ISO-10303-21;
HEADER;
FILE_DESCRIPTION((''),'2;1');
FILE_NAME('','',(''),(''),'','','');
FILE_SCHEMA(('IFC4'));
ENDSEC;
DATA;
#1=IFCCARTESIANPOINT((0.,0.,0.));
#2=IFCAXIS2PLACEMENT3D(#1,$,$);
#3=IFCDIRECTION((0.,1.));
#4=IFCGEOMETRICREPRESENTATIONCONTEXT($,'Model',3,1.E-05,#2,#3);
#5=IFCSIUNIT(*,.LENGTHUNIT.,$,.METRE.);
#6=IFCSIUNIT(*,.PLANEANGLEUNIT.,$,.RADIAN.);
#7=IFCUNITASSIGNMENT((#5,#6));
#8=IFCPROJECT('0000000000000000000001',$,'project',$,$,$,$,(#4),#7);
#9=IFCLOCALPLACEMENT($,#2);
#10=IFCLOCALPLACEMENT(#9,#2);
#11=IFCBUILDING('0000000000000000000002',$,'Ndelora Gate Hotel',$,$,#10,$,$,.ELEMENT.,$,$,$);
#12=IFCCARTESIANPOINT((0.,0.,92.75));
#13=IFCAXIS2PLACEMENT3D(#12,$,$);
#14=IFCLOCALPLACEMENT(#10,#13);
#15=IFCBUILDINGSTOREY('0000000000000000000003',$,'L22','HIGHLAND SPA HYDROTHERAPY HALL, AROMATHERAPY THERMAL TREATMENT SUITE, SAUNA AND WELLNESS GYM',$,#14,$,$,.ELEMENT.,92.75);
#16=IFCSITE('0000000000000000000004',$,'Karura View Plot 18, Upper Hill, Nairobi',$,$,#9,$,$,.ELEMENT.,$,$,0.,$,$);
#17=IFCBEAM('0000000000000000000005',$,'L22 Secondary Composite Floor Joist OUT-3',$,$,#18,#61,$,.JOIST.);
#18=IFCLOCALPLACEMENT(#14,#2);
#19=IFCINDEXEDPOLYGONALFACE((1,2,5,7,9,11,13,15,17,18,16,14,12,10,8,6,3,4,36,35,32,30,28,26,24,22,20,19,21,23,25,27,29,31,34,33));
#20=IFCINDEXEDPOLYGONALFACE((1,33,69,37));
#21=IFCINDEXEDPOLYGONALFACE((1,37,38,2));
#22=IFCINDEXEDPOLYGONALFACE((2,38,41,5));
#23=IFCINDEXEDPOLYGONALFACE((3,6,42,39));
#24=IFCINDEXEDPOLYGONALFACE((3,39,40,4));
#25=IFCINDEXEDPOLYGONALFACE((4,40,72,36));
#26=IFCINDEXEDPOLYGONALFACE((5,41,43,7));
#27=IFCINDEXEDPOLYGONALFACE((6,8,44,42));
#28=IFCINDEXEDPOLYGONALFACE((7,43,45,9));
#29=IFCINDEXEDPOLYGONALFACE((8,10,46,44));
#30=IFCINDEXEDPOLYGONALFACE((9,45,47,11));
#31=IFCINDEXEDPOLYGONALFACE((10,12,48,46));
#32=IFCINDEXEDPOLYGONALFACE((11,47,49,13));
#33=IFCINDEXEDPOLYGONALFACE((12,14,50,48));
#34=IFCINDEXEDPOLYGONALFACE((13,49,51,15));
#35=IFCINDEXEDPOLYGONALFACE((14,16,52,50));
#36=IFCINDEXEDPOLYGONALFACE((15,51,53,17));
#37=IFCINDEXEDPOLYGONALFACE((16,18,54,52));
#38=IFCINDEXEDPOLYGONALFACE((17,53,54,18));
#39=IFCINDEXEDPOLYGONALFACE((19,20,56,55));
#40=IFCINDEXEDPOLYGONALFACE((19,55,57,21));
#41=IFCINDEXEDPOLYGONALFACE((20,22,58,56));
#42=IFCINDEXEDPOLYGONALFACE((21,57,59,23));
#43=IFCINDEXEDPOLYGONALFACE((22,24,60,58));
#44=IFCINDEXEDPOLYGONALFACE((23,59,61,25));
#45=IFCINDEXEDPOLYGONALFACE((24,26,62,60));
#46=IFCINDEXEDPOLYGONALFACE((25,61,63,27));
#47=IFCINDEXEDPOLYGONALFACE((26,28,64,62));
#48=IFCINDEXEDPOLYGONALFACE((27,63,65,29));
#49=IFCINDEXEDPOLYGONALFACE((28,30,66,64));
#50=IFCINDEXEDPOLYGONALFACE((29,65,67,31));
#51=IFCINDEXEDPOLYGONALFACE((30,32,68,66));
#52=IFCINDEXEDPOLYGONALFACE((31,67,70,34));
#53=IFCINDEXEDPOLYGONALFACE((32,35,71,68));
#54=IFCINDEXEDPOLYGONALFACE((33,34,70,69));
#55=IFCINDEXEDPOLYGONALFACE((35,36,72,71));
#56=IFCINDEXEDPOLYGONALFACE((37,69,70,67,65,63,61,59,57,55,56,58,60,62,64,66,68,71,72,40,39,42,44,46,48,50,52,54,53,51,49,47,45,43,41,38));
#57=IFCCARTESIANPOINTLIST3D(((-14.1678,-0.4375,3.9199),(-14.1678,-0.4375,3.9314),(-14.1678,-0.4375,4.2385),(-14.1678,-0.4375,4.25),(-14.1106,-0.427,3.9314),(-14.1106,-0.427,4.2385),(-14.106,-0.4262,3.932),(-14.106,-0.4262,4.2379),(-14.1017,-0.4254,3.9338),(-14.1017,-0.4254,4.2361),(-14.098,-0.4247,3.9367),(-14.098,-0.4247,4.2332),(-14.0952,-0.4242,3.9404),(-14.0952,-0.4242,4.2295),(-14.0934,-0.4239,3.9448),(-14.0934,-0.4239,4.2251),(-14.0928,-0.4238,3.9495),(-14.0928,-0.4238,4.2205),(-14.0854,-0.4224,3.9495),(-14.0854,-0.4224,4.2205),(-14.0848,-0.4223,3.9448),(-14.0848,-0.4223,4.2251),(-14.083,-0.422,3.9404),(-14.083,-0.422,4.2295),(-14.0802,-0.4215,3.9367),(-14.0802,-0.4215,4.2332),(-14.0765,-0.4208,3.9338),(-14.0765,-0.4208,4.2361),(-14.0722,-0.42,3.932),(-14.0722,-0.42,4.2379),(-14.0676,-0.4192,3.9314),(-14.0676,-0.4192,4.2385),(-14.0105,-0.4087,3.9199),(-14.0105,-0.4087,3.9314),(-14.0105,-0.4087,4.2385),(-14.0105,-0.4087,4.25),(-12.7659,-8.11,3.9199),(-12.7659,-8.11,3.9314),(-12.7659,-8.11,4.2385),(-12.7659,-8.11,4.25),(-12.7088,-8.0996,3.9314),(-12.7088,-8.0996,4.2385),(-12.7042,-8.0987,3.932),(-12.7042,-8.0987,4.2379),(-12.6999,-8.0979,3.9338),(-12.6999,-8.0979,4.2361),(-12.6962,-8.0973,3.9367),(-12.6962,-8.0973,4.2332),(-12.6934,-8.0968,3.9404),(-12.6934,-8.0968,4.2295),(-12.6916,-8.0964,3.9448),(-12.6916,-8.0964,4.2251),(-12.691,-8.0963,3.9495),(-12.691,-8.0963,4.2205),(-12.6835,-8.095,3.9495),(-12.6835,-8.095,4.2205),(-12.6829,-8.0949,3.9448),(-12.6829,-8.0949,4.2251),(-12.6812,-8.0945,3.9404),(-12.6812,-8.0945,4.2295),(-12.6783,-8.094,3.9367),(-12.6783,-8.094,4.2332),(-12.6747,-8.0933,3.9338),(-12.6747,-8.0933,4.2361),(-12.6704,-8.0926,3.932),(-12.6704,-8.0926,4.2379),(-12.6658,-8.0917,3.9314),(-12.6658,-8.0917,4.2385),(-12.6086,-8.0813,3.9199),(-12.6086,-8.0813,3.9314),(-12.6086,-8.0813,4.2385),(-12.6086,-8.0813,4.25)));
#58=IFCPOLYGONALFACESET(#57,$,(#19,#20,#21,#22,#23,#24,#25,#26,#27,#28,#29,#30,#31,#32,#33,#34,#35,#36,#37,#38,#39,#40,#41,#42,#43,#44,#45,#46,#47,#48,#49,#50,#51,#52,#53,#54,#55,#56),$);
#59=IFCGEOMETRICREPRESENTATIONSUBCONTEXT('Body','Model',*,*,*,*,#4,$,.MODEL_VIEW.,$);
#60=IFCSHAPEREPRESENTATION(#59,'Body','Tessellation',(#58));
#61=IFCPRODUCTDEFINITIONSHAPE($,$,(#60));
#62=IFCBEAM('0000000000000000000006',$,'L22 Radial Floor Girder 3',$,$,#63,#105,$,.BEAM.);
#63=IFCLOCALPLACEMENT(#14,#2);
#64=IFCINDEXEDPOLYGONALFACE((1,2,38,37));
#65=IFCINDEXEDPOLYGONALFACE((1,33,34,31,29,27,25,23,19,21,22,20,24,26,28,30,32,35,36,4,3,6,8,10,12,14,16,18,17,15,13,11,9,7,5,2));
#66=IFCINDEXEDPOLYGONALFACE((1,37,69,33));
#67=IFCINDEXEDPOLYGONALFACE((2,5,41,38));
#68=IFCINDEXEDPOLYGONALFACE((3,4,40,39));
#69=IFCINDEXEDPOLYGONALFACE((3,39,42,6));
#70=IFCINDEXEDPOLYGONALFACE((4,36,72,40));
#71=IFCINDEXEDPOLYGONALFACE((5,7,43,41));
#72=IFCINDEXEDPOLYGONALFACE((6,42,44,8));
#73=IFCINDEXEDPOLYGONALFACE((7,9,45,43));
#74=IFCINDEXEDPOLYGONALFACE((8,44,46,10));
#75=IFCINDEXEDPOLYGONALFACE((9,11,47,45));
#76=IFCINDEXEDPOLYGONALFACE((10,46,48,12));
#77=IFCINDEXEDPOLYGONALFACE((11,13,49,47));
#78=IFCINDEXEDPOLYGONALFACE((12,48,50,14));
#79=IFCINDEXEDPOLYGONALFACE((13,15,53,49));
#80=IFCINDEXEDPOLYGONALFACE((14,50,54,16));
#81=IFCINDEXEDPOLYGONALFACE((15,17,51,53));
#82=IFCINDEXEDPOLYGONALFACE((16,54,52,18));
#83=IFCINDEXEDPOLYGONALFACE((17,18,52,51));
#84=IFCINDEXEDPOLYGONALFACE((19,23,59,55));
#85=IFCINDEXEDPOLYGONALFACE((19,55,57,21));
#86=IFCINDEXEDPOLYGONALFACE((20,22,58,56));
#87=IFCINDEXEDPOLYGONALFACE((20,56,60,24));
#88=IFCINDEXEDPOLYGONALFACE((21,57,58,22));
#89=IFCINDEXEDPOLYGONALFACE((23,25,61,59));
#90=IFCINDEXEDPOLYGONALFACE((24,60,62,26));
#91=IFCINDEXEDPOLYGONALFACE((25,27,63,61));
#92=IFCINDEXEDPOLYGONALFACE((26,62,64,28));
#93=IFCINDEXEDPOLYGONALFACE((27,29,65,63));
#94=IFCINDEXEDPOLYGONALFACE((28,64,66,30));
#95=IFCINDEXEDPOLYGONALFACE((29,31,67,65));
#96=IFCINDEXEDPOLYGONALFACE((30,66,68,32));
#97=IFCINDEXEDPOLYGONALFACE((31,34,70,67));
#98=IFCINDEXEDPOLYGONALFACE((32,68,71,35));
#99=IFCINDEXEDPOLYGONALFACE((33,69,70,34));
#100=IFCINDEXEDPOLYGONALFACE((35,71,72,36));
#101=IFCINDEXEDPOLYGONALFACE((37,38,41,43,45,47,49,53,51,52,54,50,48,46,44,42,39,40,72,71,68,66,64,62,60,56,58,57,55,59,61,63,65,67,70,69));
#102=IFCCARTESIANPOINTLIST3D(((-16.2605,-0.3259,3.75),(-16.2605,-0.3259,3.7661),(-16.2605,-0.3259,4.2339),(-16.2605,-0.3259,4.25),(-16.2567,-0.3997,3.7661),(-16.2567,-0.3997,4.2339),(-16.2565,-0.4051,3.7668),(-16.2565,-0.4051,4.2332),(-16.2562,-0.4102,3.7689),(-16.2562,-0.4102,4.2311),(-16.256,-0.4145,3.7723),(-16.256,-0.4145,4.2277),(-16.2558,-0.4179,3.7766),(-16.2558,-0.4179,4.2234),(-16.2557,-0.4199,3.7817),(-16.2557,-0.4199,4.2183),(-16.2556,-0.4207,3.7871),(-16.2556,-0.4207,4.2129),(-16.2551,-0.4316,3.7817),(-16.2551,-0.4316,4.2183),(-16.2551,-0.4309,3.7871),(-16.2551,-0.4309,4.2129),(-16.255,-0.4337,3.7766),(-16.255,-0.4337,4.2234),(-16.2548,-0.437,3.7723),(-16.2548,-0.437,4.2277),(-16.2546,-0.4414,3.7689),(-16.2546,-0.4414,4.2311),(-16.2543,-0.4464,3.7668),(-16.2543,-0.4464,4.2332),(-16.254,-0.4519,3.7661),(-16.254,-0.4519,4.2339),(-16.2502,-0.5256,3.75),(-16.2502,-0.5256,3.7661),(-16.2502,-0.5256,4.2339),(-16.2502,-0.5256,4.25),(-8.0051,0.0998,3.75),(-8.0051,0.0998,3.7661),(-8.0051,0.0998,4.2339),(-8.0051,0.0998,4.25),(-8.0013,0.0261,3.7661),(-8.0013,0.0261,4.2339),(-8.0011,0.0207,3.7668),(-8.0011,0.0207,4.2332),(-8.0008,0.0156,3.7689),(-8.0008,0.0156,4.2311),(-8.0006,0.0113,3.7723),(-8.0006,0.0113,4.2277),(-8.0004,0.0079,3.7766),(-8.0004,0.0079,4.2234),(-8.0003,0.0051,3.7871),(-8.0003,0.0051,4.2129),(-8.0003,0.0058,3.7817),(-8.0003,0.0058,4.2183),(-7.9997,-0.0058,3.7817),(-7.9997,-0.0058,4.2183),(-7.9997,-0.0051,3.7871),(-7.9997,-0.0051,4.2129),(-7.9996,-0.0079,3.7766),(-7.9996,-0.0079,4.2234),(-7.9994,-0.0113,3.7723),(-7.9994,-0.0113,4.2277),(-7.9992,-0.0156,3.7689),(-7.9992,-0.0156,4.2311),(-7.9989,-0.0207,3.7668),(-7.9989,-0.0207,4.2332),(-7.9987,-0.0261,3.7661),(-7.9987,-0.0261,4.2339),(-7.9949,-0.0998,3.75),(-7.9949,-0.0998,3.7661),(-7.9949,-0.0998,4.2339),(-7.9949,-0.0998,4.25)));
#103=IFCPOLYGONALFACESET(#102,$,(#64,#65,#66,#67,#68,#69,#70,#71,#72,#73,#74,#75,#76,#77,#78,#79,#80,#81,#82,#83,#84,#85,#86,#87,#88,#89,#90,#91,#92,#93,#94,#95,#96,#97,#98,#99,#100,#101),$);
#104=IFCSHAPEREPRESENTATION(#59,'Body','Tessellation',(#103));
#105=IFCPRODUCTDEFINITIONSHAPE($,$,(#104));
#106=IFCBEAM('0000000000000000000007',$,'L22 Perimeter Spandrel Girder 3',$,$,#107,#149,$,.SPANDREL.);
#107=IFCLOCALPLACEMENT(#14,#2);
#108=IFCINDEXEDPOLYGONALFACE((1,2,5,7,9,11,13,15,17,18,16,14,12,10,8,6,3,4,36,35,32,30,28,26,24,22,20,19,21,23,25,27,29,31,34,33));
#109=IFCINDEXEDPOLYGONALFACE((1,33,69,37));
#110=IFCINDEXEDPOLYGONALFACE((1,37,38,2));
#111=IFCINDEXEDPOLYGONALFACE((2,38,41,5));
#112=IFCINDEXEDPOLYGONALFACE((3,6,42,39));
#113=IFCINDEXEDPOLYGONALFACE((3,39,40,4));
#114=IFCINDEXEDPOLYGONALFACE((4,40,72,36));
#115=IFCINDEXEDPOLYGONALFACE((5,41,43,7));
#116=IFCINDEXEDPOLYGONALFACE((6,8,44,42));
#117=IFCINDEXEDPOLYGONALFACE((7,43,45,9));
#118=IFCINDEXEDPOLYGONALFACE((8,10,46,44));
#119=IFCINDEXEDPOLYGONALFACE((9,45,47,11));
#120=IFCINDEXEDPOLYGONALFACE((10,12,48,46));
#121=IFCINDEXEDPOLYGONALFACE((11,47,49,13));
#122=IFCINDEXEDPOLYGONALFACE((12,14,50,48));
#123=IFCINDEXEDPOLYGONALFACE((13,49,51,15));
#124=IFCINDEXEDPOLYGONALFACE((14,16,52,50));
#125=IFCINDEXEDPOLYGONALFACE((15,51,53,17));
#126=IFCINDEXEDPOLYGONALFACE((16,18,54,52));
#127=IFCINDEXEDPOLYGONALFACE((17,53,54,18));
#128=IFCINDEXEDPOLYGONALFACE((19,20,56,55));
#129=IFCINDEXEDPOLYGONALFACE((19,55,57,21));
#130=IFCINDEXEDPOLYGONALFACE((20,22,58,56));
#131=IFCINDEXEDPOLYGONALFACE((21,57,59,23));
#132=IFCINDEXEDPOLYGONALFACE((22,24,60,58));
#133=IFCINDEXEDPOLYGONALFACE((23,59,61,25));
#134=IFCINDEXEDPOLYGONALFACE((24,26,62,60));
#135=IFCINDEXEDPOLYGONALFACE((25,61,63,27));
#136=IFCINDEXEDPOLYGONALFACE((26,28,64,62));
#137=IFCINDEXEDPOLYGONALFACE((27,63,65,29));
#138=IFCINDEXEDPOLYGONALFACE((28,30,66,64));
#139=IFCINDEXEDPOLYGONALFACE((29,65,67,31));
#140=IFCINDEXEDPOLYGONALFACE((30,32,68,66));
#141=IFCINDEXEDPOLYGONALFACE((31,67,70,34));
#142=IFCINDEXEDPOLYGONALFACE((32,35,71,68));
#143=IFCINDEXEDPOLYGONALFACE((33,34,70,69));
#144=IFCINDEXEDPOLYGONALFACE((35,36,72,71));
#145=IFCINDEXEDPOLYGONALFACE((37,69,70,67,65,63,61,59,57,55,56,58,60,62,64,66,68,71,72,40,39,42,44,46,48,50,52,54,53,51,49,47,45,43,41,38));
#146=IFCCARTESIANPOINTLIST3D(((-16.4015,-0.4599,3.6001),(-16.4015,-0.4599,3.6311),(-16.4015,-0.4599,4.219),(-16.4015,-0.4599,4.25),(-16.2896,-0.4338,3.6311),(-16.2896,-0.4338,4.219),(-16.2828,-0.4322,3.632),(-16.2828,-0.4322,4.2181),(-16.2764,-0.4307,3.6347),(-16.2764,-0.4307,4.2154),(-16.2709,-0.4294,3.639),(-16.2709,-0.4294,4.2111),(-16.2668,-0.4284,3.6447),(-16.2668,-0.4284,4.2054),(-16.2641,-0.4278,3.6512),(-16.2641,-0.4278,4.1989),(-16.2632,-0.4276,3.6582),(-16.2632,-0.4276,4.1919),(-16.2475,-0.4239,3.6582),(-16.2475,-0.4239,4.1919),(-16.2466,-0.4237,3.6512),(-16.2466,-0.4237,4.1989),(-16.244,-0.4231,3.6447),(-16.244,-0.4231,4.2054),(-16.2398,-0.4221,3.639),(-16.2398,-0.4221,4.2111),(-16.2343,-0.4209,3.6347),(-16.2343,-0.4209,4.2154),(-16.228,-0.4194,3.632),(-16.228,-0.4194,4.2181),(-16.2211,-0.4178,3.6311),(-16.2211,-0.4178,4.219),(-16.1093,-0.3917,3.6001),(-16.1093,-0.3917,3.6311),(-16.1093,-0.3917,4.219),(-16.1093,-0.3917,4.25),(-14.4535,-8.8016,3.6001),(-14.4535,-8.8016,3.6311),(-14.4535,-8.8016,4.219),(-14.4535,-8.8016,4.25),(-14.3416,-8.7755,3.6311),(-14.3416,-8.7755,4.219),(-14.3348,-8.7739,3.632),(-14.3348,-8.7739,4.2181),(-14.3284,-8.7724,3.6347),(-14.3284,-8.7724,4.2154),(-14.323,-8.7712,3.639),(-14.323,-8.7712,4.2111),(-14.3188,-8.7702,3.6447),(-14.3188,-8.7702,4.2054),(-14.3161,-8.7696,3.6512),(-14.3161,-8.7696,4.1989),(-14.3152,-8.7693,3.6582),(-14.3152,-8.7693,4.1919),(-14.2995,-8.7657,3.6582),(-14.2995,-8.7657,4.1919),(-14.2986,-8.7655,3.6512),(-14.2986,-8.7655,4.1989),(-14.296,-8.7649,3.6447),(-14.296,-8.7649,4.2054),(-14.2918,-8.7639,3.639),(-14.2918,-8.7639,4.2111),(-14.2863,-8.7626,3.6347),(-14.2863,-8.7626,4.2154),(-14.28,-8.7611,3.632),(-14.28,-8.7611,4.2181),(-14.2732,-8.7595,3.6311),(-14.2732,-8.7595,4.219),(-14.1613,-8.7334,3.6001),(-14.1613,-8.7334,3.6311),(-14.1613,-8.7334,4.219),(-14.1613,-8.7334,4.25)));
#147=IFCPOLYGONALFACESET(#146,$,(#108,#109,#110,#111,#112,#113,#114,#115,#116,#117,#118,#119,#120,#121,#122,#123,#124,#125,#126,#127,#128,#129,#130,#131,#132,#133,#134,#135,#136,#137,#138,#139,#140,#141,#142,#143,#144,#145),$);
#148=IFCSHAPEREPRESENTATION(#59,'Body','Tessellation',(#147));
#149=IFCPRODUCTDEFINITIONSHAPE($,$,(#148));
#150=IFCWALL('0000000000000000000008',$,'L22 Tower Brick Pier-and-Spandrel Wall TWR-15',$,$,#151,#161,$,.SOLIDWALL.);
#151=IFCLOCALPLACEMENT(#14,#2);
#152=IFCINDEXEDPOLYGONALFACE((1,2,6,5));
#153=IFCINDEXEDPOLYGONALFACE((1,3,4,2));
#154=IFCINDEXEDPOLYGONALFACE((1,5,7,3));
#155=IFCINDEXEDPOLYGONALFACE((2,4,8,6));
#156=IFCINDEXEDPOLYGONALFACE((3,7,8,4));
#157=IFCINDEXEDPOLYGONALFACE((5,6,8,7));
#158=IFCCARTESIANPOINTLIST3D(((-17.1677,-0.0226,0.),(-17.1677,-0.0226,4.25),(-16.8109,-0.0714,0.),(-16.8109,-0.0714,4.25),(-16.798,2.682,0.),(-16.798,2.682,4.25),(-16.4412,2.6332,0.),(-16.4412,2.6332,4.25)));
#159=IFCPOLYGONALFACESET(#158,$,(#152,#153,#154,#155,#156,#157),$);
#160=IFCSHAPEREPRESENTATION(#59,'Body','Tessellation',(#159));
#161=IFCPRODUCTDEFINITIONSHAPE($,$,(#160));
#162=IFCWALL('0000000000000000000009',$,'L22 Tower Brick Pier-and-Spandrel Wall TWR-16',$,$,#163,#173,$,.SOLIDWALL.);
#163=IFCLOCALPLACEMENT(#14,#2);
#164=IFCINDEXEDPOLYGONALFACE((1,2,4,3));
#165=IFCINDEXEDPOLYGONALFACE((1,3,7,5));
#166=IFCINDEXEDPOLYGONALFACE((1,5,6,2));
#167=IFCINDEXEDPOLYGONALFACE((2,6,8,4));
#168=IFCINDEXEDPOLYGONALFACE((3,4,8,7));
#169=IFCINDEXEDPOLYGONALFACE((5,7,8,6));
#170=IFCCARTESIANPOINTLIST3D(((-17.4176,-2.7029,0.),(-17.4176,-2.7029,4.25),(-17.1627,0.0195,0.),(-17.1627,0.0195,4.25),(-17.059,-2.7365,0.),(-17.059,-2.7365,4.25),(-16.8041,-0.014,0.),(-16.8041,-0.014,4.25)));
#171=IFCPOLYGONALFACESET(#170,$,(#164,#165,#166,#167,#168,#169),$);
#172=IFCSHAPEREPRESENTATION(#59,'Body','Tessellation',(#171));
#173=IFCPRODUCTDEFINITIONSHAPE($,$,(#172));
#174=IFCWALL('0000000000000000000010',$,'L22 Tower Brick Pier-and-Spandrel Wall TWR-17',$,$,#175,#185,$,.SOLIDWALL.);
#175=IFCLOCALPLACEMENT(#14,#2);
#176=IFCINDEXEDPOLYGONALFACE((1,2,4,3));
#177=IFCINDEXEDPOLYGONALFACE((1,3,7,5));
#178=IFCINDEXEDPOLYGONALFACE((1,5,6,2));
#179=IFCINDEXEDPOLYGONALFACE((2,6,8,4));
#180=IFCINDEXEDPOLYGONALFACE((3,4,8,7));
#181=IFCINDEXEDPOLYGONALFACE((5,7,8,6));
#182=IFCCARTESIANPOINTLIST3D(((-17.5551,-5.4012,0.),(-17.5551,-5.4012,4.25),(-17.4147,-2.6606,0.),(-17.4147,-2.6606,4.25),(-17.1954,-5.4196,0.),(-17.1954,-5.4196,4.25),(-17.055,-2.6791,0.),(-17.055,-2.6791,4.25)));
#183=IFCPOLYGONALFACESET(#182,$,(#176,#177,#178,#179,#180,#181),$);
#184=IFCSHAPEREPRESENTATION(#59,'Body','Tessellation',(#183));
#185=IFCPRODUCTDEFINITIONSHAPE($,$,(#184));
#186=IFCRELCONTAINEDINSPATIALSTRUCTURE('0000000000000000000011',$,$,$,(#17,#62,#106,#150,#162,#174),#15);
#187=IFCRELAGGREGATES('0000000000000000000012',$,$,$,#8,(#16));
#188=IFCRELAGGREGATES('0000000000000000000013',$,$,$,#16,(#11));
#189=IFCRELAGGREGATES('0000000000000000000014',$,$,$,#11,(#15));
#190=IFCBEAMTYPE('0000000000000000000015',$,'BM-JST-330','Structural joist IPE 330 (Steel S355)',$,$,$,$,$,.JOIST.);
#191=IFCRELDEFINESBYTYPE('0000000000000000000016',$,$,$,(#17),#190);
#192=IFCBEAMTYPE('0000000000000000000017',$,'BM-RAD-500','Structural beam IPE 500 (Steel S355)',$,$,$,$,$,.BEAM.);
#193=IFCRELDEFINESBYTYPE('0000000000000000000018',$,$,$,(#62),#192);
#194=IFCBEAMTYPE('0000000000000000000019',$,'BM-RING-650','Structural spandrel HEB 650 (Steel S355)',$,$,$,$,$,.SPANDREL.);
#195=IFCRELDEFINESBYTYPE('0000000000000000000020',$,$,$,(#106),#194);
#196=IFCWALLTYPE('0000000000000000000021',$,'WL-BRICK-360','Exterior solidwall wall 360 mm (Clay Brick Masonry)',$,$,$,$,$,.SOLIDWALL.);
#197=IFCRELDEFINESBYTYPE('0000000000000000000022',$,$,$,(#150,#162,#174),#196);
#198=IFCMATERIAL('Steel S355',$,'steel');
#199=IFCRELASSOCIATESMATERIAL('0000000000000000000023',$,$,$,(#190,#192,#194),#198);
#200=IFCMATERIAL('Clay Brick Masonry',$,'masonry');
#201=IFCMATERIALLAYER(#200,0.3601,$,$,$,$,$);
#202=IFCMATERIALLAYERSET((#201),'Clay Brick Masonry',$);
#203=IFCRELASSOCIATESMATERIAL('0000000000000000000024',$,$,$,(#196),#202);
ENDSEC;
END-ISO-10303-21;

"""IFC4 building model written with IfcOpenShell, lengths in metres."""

from ifc_helpers import new_model, si_unit, direction, frame, frame_2d, origin, origin_2d, place, context, subcontext, project, spatial, rectangle, i_section, extrude, material, layer, layer_set, material_profile, profile_set, type_object, element, save


model = new_model("IFC4")

# Units and contexts
model_context = context("Model", 3, precision=1e-05, world=origin(), true_north=direction((0.0, 1.0)))
body_context = subcontext(model_context, "Body", "Model", "MODEL_VIEW")
ifc_project = project(units=[si_unit("LENGTHUNIT", "METRE"), si_unit("PLANEANGLEUNIT", "RADIAN")], contexts=[model_context])

# Site, building, storey
site_placement = place(None, origin())
site = spatial("IfcSite", under=ifc_project, at=site_placement, Name="Karura View Plot 18, Upper Hill, Nairobi", CompositionType="ELEMENT", RefElevation=0.0)
building_placement = place(site_placement, origin())
building = spatial("IfcBuilding", under=site, at=building_placement, Name="Ndelora Gate Hotel", CompositionType="ELEMENT")
storey_placement = place(building_placement, frame((0.0, 0.0, 92.75)))
storey = spatial("IfcBuildingStorey", under=building, at=storey_placement, Name="L22", Description="HIGHLAND SPA HYDROTHERAPY HALL, AROMATHERAPY THERMAL TREATMENT SUITE, SAUNA AND WELLNESS GYM", CompositionType="ELEMENT", Elevation=92.75)

# Beams
ifc_material_1 = material(Name="Steel S355", Category="steel")
ifc_material_profile_1 = material_profile(ifc_material_1, i_section(OverallWidth=0.1599, OverallDepth=0.3301, WebThickness=0.0076, FlangeThickness=0.0115, FilletRadius=0.0181, at=origin_2d()), Name="IPE 330")
ifc_profile_set_1 = profile_set([ifc_material_profile_1], Name="Steel S355")
beam_type_1 = type_object("IfcBeamType", Name="BM-JST-330", Description="Structural joist IPE 330 (Steel S355)", PredefinedType="JOIST", material=ifc_profile_set_1)
beam_1_placement = place(storey_placement, frame((-14.0891, -0.4231, 4.085), z_axis=(0.179734, -0.983715, 0.0), x_axis=(0.983715, 0.179734, 0.0)))
element("IfcBeam", 1, at=beam_1_placement, inside=storey, type_object=beam_type_1, Name="L22 Secondary Composite Floor Joist OUT-3", PredefinedType="JOIST", context=body_context, shape_type="SweptSolid", body=[
    extrude(i_section(OverallWidth=0.1599, OverallDepth=0.3301, WebThickness=0.0076, FlangeThickness=0.0115, FilletRadius=0.0181, at=origin_2d()), origin(), (0.0, 0.0, 1.0), 7.7996),
])
ifc_material_profile_2 = material_profile(ifc_material_1, i_section(OverallWidth=0.2, OverallDepth=0.5, WebThickness=0.0103, FlangeThickness=0.0161, FilletRadius=0.021, at=origin_2d()), Name="IPE 500")
ifc_profile_set_2 = profile_set([ifc_material_profile_2], Name="Steel S355")
beam_type_2 = type_object("IfcBeamType", Name="BM-RAD-500", Description="Structural beam IPE 500 (Steel S355)", PredefinedType="BEAM", material=ifc_profile_set_2)
beam_2_placement = place(storey_placement, frame((-8.0, 0.0, 4.0), z_axis=(-0.998673, -0.051508, 0.0), x_axis=(0.051508, -0.998673, 0.0)))
element("IfcBeam", 2, at=beam_2_placement, inside=storey, type_object=beam_type_2, Name="L22 Radial Floor Girder 3", PredefinedType="BEAM", context=body_context, shape_type="SweptSolid", body=[
    extrude(i_section(OverallWidth=0.2, OverallDepth=0.5, WebThickness=0.0103, FlangeThickness=0.0161, FilletRadius=0.021, at=origin_2d()), origin(), (0.0, 0.0, 1.0), 8.2664),
])
ifc_material_profile_3 = material_profile(ifc_material_1, i_section(OverallWidth=0.3, OverallDepth=0.6499, WebThickness=0.0161, FlangeThickness=0.031, FilletRadius=0.0271, at=origin_2d()), Name="HEB 650")
ifc_profile_set_3 = profile_set([ifc_material_profile_3], Name="Steel S355")
beam_type_3 = type_object("IfcBeamType", Name="BM-RING-650", Description="Structural spandrel HEB 650 (Steel S355)", PredefinedType="SPANDREL", material=ifc_profile_set_3)
beam_3_placement = place(storey_placement, frame((-16.2554, -0.4258, 3.925), z_axis=(0.227404, -0.9738, 0.0), x_axis=(0.9738, 0.227404, 0.0)))
element("IfcBeam", 3, at=beam_3_placement, inside=storey, type_object=beam_type_3, Name="L22 Perimeter Spandrel Girder 3", PredefinedType="SPANDREL", context=body_context, shape_type="SweptSolid", body=[
    extrude(i_section(OverallWidth=0.3, OverallDepth=0.6499, WebThickness=0.0161, FlangeThickness=0.031, FilletRadius=0.0271, at=origin_2d()), origin(), (0.0, 0.0, 1.0), 8.5662),
])

# Walls
ifc_material_2 = material(Name="Clay Brick Masonry", Category="masonry")
ifc_layer_1 = layer(ifc_material_2, 0.3601)
ifc_layer_set_1 = layer_set([ifc_layer_1], Name="Clay Brick Masonry")
wall_type_1 = type_object("IfcWallType", Name="WL-BRICK-360", Description="Exterior solidwall wall 360 mm (Clay Brick Masonry)", PredefinedType="SOLIDWALL", material=ifc_layer_set_1)
wall_1_placement = place(storey_placement, frame((-16.9893, -0.0469, 0.0), z_axis=(0.0, 0.0, 1.0), x_axis=(0.135409, 0.99079, 0.0)))
element("IfcWall", 4, at=wall_1_placement, inside=storey, type_object=wall_type_1, Name="L22 Tower Brick Pier-and-Spandrel Wall TWR-15", PredefinedType="SOLIDWALL", context=body_context, shape_type="SweptSolid", body=[
    extrude(rectangle(XDim=2.7297, YDim=0.3601, at=frame_2d((1.3647, 0.0))), origin(), (0.0, 0.0, 1.0), 4.25),
])
wall_2_placement = place(storey_placement, frame((-17.2383, -2.7197, 0.0), z_axis=(0.0, 0.0, 1.0), x_axis=(0.093216, 0.995646, 0.0)))
element("IfcWall", 5, at=wall_2_placement, inside=storey, type_object=wall_type_1, Name="L22 Tower Brick Pier-and-Spandrel Wall TWR-16", PredefinedType="SOLIDWALL", context=body_context, shape_type="SweptSolid", body=[
    extrude(rectangle(XDim=2.7344, YDim=0.3601, at=frame_2d((1.3672, 0.0))), origin(), (0.0, 0.0, 1.0), 4.25),
])
wall_3_placement = place(storey_placement, frame((-17.3752, -5.4104, 0.0), z_axis=(0.0, 0.0, 1.0), x_axis=(0.051158, 0.998691, 0.0)))
element("IfcWall", 6, at=wall_3_placement, inside=storey, type_object=wall_type_1, Name="L22 Tower Brick Pier-and-Spandrel Wall TWR-17", PredefinedType="SOLIDWALL", context=body_context, shape_type="SweptSolid", body=[
    extrude(rectangle(XDim=2.7441, YDim=0.3601, at=frame_2d((1.3721, 0.0))), origin(), (0.0, 0.0, 1.0), 4.25),
])

save(model, "model.ifc")
